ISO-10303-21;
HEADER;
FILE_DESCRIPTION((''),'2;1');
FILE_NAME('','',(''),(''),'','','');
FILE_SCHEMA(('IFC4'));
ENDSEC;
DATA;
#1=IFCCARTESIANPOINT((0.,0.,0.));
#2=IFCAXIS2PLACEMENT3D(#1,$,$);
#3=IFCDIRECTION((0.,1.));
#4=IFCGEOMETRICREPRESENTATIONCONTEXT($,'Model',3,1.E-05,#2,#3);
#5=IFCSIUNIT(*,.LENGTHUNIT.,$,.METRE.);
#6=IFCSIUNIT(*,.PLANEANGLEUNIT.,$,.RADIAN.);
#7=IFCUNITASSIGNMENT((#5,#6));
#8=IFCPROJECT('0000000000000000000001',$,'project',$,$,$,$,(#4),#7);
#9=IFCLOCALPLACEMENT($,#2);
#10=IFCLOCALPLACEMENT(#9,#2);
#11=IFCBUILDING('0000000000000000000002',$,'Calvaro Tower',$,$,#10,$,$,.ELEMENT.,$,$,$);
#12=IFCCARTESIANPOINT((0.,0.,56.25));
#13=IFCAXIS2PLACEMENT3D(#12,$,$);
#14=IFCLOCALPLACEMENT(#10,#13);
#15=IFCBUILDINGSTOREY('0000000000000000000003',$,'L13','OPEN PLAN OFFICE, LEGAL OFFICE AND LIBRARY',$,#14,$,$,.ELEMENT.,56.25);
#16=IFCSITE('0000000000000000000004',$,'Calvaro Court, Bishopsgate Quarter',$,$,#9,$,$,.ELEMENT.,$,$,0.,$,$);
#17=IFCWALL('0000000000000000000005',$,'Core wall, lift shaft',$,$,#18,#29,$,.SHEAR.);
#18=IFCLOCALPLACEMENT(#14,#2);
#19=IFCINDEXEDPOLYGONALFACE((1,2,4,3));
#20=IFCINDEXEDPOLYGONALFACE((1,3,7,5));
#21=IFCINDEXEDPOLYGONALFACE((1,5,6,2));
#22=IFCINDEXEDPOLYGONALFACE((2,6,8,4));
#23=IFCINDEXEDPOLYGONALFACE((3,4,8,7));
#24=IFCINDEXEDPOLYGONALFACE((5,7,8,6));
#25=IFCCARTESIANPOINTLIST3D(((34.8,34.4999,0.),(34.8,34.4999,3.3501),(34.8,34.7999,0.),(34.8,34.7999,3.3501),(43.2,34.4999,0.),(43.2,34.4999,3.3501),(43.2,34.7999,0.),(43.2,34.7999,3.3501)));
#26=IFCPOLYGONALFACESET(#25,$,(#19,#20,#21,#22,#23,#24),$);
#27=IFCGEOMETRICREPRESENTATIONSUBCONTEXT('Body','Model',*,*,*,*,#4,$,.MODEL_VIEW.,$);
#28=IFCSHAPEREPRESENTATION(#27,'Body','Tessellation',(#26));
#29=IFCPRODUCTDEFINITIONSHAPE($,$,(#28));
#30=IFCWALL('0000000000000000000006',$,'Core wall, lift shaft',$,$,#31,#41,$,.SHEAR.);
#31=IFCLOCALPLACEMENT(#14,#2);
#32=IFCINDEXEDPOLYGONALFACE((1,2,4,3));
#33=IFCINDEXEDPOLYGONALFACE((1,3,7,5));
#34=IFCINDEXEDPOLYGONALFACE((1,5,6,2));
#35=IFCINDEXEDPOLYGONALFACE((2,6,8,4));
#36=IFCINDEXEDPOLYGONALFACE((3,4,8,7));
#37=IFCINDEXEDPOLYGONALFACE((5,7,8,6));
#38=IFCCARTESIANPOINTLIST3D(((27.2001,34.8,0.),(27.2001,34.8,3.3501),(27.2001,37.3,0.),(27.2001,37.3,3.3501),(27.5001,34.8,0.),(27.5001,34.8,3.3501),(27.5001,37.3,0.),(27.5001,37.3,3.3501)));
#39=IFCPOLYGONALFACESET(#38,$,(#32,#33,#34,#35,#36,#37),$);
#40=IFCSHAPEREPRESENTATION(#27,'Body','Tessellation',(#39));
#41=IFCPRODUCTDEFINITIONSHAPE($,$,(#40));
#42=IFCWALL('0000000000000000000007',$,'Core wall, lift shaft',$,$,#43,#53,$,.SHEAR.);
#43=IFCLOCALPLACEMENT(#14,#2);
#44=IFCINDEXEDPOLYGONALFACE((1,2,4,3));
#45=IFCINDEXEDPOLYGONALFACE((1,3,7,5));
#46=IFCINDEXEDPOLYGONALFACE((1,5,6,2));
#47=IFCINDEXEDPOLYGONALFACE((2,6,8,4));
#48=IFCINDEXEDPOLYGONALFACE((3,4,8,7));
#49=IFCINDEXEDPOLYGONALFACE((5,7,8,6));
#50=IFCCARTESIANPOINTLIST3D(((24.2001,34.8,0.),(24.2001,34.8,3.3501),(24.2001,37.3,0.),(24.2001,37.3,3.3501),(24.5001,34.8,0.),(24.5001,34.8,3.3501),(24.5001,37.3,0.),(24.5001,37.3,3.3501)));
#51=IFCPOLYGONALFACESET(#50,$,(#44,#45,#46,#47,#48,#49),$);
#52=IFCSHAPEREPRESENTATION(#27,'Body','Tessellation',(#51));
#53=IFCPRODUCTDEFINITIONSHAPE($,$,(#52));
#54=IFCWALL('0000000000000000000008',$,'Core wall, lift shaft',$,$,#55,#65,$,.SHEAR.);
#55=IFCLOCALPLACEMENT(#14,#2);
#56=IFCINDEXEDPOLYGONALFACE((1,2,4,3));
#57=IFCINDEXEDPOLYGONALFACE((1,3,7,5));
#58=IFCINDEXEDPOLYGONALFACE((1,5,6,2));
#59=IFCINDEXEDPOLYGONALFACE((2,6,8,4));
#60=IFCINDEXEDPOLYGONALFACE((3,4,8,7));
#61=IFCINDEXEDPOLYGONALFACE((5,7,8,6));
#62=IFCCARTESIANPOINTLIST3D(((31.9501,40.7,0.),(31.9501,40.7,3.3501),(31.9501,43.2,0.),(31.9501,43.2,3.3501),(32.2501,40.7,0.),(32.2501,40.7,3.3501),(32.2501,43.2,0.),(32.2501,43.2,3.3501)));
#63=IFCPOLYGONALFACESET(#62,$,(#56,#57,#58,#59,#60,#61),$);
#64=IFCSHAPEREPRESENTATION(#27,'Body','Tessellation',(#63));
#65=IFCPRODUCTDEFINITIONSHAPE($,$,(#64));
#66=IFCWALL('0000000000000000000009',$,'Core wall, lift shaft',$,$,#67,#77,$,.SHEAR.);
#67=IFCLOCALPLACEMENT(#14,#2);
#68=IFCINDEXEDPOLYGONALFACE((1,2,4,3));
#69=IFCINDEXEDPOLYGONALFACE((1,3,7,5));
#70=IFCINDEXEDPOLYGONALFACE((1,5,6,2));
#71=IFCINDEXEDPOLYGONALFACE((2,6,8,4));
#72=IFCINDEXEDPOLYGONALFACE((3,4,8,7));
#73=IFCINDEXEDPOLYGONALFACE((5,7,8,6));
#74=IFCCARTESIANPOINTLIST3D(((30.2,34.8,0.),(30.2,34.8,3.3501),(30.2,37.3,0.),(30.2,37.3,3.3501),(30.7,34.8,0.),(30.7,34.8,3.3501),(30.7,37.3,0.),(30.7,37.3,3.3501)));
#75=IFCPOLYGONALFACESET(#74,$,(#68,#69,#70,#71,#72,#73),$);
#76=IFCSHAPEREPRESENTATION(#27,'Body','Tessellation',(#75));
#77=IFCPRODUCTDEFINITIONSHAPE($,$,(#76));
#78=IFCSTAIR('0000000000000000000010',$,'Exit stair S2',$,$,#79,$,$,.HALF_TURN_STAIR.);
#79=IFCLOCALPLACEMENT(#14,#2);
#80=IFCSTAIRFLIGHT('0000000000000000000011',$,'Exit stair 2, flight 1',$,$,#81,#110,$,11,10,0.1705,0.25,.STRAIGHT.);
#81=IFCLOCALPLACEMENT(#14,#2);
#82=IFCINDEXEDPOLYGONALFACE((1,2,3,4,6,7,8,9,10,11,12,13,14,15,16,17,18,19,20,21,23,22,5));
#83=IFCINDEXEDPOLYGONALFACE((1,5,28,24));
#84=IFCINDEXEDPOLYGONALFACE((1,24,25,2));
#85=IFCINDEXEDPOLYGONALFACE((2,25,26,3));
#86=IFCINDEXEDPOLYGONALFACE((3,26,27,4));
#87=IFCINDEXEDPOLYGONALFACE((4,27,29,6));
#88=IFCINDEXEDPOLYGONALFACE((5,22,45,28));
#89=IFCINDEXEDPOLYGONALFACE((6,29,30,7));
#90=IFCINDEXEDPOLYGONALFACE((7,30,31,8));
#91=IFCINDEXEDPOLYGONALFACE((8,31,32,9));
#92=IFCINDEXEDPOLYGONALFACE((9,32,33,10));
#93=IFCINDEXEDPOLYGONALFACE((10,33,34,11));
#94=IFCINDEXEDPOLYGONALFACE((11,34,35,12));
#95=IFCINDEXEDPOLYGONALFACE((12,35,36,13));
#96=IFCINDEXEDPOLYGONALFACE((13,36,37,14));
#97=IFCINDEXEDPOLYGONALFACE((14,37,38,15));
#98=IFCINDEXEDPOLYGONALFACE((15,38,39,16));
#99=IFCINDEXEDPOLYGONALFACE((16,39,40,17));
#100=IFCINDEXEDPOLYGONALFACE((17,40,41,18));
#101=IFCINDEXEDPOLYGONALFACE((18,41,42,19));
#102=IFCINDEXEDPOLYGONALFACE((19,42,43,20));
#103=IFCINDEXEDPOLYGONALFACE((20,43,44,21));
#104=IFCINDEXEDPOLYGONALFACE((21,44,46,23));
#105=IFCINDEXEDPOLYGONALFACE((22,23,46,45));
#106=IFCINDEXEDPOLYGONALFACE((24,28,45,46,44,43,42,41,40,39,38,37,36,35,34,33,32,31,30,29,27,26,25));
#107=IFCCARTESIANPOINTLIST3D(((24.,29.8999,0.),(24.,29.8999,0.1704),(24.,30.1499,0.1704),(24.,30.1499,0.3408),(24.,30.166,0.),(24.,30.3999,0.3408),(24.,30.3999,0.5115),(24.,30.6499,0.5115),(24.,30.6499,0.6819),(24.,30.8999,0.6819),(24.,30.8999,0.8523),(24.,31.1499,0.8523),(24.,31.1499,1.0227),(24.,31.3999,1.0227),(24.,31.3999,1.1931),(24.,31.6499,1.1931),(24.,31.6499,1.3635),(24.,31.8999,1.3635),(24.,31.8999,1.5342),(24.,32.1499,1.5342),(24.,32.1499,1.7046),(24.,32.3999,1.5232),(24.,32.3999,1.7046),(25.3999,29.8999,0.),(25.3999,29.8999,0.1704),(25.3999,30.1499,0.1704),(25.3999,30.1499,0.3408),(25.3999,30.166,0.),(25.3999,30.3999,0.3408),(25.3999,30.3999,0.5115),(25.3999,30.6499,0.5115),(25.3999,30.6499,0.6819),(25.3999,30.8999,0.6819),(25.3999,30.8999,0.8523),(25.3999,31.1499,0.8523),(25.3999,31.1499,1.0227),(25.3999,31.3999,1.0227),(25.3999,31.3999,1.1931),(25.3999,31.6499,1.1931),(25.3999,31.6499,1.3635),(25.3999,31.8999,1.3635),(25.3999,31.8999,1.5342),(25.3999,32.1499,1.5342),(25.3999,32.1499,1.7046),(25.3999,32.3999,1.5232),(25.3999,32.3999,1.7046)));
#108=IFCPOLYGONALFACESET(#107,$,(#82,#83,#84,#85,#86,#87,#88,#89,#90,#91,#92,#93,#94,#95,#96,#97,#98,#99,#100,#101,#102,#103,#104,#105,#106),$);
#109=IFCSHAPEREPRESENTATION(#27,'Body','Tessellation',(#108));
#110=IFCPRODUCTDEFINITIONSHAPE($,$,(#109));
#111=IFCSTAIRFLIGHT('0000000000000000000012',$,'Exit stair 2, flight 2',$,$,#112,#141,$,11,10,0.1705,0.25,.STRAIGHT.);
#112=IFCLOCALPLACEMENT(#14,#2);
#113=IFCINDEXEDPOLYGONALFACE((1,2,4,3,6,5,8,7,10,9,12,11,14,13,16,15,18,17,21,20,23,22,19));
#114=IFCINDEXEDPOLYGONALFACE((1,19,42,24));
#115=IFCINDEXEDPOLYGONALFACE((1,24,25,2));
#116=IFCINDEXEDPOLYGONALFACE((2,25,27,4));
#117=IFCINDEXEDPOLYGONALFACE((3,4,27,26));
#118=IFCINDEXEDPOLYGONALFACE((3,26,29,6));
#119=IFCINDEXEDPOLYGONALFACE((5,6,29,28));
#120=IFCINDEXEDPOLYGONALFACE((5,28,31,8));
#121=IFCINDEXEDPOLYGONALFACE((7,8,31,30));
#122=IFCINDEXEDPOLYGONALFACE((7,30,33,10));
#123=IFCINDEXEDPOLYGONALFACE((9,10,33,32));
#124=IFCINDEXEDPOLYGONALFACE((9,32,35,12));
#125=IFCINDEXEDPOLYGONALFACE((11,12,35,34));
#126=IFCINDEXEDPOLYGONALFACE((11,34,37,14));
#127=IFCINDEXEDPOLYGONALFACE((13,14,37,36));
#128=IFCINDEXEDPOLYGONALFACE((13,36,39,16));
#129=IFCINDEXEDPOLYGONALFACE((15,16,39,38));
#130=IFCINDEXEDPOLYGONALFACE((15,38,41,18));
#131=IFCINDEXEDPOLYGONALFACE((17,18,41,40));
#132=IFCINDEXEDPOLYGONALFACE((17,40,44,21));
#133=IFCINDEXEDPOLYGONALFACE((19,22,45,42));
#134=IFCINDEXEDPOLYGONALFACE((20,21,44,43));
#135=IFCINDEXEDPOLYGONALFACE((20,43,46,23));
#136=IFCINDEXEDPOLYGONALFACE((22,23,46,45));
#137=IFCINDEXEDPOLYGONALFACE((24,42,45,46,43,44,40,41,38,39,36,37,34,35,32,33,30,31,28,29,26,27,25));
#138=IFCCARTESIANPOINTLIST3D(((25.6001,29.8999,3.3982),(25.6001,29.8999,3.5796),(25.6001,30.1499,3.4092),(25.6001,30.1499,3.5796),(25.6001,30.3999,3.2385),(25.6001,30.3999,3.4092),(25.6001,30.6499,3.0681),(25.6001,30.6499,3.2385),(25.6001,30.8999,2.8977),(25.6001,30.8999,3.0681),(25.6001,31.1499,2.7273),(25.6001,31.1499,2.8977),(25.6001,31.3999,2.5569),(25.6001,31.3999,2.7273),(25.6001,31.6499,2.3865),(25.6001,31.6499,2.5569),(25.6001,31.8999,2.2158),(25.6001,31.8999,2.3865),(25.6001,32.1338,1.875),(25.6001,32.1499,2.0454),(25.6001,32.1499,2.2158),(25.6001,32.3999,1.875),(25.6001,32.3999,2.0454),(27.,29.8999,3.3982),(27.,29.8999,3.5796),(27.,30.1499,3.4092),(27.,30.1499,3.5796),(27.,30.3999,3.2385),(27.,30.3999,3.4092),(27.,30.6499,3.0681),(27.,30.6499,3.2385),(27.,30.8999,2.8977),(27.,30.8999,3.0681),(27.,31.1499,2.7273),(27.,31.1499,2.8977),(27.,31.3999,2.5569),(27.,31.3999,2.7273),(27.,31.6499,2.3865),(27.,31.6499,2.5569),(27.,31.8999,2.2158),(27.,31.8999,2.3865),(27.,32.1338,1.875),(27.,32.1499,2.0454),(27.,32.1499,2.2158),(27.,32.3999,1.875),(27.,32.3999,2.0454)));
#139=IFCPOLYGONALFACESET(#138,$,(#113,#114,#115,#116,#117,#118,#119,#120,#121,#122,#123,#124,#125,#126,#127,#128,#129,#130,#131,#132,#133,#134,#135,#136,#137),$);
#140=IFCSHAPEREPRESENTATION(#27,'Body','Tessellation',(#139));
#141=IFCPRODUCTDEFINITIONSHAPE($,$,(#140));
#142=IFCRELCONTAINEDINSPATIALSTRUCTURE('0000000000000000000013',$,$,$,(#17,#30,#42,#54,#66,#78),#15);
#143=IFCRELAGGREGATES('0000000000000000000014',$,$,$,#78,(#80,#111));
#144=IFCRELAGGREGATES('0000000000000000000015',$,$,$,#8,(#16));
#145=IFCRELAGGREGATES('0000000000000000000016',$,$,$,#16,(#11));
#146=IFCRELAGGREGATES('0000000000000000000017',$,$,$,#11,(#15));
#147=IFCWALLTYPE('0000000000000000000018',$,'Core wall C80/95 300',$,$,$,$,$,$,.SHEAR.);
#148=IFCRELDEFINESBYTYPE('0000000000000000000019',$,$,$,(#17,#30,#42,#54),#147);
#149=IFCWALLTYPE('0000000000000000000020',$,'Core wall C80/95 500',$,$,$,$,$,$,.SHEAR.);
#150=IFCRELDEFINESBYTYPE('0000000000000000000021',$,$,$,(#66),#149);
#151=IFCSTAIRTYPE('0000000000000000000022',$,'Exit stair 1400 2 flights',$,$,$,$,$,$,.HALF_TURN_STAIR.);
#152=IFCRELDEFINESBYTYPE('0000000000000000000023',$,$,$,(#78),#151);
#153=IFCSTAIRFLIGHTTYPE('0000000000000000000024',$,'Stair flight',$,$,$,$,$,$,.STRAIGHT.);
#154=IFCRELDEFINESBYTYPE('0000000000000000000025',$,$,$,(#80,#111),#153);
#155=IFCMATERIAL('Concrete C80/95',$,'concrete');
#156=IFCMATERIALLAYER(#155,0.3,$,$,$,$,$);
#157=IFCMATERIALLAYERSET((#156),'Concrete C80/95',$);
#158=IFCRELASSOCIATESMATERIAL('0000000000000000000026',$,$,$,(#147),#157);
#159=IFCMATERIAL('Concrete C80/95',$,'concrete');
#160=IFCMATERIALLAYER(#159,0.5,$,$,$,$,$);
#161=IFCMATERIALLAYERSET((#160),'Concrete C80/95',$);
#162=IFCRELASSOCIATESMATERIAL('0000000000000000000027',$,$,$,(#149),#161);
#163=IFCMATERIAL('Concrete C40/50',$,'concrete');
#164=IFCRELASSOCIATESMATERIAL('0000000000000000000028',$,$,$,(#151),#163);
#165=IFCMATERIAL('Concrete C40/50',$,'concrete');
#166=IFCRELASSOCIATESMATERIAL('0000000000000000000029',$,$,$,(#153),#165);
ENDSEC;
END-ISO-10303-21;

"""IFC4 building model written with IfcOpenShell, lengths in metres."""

from ifc_helpers import new_model, si_unit, direction, frame, frame_2d, origin, place, context, subcontext, project, spatial, polyline, rectangle, outline, extrude, material, layer, layer_set, type_object, element, aggregate, save


model = new_model("IFC4")

# Units and contexts
model_context = context("Model", 3, precision=1e-05, world=origin(), true_north=direction((0.0, 1.0)))
body_context = subcontext(model_context, "Body", "Model", "MODEL_VIEW")
ifc_project = project(units=[si_unit("LENGTHUNIT", "METRE"), si_unit("PLANEANGLEUNIT", "RADIAN")], contexts=[model_context])

# Site, building, storey
site_placement = place(None, origin())
site = spatial("IfcSite", under=ifc_project, at=site_placement, Name="Calvaro Court, Bishopsgate Quarter", CompositionType="ELEMENT", RefElevation=0.0)
building_placement = place(site_placement, origin())
building = spatial("IfcBuilding", under=site, at=building_placement, Name="Calvaro Tower", CompositionType="ELEMENT")
storey_placement = place(building_placement, frame((0.0, 0.0, 56.25)))
storey = spatial("IfcBuildingStorey", under=building, at=storey_placement, Name="L13", Description="OPEN PLAN OFFICE, LEGAL OFFICE AND LIBRARY", CompositionType="ELEMENT", Elevation=56.25)

# Walls
ifc_material_1 = material(Name="Concrete C80/95", Category="concrete")
ifc_layer_1 = layer(ifc_material_1, 0.3)
ifc_layer_set_1 = layer_set([ifc_layer_1], Name="Concrete C80/95")
wall_type_1 = type_object("IfcWallType", Name="Core wall C80/95 300", PredefinedType="SHEAR", material=ifc_layer_set_1)
wall_1_placement = place(storey_placement, frame((34.8, 34.6499, 0.0), z_axis=(0.0, 0.0, 1.0), x_axis=(1.0, 0.0, 0.0)))
element("IfcWall", 1, at=wall_1_placement, inside=storey, type_object=wall_type_1, Name="Core wall, lift shaft", PredefinedType="SHEAR", context=body_context, shape_type="SweptSolid", body=[
    extrude(rectangle(XDim=8.3999, YDim=0.3, at=frame_2d((4.2, 0.0))), origin(), (0.0, 0.0, 1.0), 3.3501),
])
for number, where, z_axis, x_axis, name in (
    (2, (27.3501, 34.8, 0.0), (0.0, 0.0, 1.0), (0.0, 1.0, 0.0), "Core wall, lift shaft"),
    (3, (24.3501, 34.8, 0.0), (0.0, 0.0, 1.0), (0.0, 1.0, 0.0), "Core wall, lift shaft"),
    (4, (32.1001, 40.7, 0.0), (0.0, 0.0, 1.0), (0.0, 1.0, 0.0), "Core wall, lift shaft"),
):
    element("IfcWall", number, at=place(storey_placement, frame(where, z_axis=z_axis, x_axis=x_axis)), inside=storey, type_object=wall_type_1, Name=name, PredefinedType="SHEAR", context=body_context, shape_type="SweptSolid", body=[
        extrude(rectangle(XDim=2.5, YDim=0.3, at=frame_2d((1.25, 0.0))), origin(), (0.0, 0.0, 1.0), 3.3501),
    ])
ifc_material_2 = material(Name="Concrete C80/95", Category="concrete")
ifc_layer_2 = layer(ifc_material_2, 0.5)
ifc_layer_set_2 = layer_set([ifc_layer_2], Name="Concrete C80/95")
wall_type_2 = type_object("IfcWallType", Name="Core wall C80/95 500", PredefinedType="SHEAR", material=ifc_layer_set_2)
wall_2_placement = place(storey_placement, frame((30.45, 34.8, 0.0), z_axis=(0.0, 0.0, 1.0), x_axis=(0.0, 1.0, 0.0)))
element("IfcWall", 5, at=wall_2_placement, inside=storey, type_object=wall_type_2, Name="Core wall, lift shaft", PredefinedType="SHEAR", context=body_context, shape_type="SweptSolid", body=[
    extrude(rectangle(XDim=2.5, YDim=0.5, at=frame_2d((1.25, 0.0))), origin(), (0.0, 0.0, 1.0), 3.3501),
])

# Stair, stair flights
ifc_material_3 = material(Name="Concrete C40/50", Category="concrete")
stair_type = type_object("IfcStairType", Name="Exit stair 1400 2 flights", PredefinedType="HALF_TURN_STAIR", material=ifc_material_3)
stair_placement = place(storey_placement, origin())
stair = element("IfcStair", 6, at=stair_placement, inside=storey, type_object=stair_type, Name="Exit stair S2", PredefinedType="HALF_TURN_STAIR")
ifc_material_4 = material(Name="Concrete C40/50", Category="concrete")
stair_flight_type = type_object("IfcStairFlightType", Name="Stair flight", PredefinedType="STRAIGHT", material=ifc_material_4)
stair_flight_1_placement = place(storey_placement, frame((24.7, 29.8999, 0.0), z_axis=(0.0, 0.0, 1.0), x_axis=(0.0, 1.0, 0.0)))
stair_flight_1 = element("IfcStairFlight", 7, at=stair_flight_1_placement, type_object=stair_flight_type, Name="Exit stair 2, flight 1", NumberOfRisers=11, NumberOfTreads=10, PredefinedType="STRAIGHT", RiserHeight=0.1705, TreadLength=0.25, context=body_context, shape_type="SweptSolid", body=[
    extrude(outline(polyline([(0.0, 0.0), (0.0, 0.1704), (0.25, 0.1704), (0.25, 0.3408), (0.5, 0.3408), (0.5, 0.5115), (0.75, 0.5115), (0.75, 0.6819), (1.0, 0.6819), (1.0, 0.8523), (1.25, 0.8523), (1.25, 1.0227), (1.5, 1.0227), (1.5, 1.1931), (1.75, 1.1931), (1.75, 1.3635), (2.0, 1.3635), (2.0, 1.5342), (2.25, 1.5342), (2.25, 1.7046), (2.5, 1.7046), (2.5, 1.875), (2.5, 1.5232), (0.2661, 0.0), (0.0, 0.0)])), frame((0.0, 0.7, 0.0), z_axis=(0.0, -1.0, 0.0), x_axis=(1.0, 0.0, 0.0)), (0.0, 0.0, 1.0), 1.3999),
])
stair_flight_2_placement = place(storey_placement, frame((26.3, 32.3999, 1.875), z_axis=(0.0, 0.0, 1.0), x_axis=(0.0, -1.0, 0.0)))
stair_flight_2 = element("IfcStairFlight", 8, at=stair_flight_2_placement, type_object=stair_flight_type, Name="Exit stair 2, flight 2", NumberOfRisers=11, NumberOfTreads=10, PredefinedType="STRAIGHT", RiserHeight=0.1705, TreadLength=0.25, context=body_context, shape_type="SweptSolid", body=[
    extrude(outline(polyline([(0.0, 0.0), (0.0, 0.1704), (0.25, 0.1704), (0.25, 0.3408), (0.5, 0.3408), (0.5, 0.5115), (0.75, 0.5115), (0.75, 0.6819), (1.0, 0.6819), (1.0, 0.8523), (1.25, 0.8523), (1.25, 1.0227), (1.5, 1.0227), (1.5, 1.1931), (1.75, 1.1931), (1.75, 1.3635), (2.0, 1.3635), (2.0, 1.5342), (2.25, 1.5342), (2.25, 1.7046), (2.5, 1.7046), (2.5, 1.875), (2.5, 1.5232), (0.2661, 0.0), (0.0, 0.0)])), frame((0.0, 0.7, 0.0), z_axis=(0.0, -1.0, 0.0), x_axis=(1.0, 0.0, 0.0)), (0.0, 0.0, 1.0), 1.3999),
])
aggregate(stair, [stair_flight_1, stair_flight_2])

save(model, "model.ifc")
